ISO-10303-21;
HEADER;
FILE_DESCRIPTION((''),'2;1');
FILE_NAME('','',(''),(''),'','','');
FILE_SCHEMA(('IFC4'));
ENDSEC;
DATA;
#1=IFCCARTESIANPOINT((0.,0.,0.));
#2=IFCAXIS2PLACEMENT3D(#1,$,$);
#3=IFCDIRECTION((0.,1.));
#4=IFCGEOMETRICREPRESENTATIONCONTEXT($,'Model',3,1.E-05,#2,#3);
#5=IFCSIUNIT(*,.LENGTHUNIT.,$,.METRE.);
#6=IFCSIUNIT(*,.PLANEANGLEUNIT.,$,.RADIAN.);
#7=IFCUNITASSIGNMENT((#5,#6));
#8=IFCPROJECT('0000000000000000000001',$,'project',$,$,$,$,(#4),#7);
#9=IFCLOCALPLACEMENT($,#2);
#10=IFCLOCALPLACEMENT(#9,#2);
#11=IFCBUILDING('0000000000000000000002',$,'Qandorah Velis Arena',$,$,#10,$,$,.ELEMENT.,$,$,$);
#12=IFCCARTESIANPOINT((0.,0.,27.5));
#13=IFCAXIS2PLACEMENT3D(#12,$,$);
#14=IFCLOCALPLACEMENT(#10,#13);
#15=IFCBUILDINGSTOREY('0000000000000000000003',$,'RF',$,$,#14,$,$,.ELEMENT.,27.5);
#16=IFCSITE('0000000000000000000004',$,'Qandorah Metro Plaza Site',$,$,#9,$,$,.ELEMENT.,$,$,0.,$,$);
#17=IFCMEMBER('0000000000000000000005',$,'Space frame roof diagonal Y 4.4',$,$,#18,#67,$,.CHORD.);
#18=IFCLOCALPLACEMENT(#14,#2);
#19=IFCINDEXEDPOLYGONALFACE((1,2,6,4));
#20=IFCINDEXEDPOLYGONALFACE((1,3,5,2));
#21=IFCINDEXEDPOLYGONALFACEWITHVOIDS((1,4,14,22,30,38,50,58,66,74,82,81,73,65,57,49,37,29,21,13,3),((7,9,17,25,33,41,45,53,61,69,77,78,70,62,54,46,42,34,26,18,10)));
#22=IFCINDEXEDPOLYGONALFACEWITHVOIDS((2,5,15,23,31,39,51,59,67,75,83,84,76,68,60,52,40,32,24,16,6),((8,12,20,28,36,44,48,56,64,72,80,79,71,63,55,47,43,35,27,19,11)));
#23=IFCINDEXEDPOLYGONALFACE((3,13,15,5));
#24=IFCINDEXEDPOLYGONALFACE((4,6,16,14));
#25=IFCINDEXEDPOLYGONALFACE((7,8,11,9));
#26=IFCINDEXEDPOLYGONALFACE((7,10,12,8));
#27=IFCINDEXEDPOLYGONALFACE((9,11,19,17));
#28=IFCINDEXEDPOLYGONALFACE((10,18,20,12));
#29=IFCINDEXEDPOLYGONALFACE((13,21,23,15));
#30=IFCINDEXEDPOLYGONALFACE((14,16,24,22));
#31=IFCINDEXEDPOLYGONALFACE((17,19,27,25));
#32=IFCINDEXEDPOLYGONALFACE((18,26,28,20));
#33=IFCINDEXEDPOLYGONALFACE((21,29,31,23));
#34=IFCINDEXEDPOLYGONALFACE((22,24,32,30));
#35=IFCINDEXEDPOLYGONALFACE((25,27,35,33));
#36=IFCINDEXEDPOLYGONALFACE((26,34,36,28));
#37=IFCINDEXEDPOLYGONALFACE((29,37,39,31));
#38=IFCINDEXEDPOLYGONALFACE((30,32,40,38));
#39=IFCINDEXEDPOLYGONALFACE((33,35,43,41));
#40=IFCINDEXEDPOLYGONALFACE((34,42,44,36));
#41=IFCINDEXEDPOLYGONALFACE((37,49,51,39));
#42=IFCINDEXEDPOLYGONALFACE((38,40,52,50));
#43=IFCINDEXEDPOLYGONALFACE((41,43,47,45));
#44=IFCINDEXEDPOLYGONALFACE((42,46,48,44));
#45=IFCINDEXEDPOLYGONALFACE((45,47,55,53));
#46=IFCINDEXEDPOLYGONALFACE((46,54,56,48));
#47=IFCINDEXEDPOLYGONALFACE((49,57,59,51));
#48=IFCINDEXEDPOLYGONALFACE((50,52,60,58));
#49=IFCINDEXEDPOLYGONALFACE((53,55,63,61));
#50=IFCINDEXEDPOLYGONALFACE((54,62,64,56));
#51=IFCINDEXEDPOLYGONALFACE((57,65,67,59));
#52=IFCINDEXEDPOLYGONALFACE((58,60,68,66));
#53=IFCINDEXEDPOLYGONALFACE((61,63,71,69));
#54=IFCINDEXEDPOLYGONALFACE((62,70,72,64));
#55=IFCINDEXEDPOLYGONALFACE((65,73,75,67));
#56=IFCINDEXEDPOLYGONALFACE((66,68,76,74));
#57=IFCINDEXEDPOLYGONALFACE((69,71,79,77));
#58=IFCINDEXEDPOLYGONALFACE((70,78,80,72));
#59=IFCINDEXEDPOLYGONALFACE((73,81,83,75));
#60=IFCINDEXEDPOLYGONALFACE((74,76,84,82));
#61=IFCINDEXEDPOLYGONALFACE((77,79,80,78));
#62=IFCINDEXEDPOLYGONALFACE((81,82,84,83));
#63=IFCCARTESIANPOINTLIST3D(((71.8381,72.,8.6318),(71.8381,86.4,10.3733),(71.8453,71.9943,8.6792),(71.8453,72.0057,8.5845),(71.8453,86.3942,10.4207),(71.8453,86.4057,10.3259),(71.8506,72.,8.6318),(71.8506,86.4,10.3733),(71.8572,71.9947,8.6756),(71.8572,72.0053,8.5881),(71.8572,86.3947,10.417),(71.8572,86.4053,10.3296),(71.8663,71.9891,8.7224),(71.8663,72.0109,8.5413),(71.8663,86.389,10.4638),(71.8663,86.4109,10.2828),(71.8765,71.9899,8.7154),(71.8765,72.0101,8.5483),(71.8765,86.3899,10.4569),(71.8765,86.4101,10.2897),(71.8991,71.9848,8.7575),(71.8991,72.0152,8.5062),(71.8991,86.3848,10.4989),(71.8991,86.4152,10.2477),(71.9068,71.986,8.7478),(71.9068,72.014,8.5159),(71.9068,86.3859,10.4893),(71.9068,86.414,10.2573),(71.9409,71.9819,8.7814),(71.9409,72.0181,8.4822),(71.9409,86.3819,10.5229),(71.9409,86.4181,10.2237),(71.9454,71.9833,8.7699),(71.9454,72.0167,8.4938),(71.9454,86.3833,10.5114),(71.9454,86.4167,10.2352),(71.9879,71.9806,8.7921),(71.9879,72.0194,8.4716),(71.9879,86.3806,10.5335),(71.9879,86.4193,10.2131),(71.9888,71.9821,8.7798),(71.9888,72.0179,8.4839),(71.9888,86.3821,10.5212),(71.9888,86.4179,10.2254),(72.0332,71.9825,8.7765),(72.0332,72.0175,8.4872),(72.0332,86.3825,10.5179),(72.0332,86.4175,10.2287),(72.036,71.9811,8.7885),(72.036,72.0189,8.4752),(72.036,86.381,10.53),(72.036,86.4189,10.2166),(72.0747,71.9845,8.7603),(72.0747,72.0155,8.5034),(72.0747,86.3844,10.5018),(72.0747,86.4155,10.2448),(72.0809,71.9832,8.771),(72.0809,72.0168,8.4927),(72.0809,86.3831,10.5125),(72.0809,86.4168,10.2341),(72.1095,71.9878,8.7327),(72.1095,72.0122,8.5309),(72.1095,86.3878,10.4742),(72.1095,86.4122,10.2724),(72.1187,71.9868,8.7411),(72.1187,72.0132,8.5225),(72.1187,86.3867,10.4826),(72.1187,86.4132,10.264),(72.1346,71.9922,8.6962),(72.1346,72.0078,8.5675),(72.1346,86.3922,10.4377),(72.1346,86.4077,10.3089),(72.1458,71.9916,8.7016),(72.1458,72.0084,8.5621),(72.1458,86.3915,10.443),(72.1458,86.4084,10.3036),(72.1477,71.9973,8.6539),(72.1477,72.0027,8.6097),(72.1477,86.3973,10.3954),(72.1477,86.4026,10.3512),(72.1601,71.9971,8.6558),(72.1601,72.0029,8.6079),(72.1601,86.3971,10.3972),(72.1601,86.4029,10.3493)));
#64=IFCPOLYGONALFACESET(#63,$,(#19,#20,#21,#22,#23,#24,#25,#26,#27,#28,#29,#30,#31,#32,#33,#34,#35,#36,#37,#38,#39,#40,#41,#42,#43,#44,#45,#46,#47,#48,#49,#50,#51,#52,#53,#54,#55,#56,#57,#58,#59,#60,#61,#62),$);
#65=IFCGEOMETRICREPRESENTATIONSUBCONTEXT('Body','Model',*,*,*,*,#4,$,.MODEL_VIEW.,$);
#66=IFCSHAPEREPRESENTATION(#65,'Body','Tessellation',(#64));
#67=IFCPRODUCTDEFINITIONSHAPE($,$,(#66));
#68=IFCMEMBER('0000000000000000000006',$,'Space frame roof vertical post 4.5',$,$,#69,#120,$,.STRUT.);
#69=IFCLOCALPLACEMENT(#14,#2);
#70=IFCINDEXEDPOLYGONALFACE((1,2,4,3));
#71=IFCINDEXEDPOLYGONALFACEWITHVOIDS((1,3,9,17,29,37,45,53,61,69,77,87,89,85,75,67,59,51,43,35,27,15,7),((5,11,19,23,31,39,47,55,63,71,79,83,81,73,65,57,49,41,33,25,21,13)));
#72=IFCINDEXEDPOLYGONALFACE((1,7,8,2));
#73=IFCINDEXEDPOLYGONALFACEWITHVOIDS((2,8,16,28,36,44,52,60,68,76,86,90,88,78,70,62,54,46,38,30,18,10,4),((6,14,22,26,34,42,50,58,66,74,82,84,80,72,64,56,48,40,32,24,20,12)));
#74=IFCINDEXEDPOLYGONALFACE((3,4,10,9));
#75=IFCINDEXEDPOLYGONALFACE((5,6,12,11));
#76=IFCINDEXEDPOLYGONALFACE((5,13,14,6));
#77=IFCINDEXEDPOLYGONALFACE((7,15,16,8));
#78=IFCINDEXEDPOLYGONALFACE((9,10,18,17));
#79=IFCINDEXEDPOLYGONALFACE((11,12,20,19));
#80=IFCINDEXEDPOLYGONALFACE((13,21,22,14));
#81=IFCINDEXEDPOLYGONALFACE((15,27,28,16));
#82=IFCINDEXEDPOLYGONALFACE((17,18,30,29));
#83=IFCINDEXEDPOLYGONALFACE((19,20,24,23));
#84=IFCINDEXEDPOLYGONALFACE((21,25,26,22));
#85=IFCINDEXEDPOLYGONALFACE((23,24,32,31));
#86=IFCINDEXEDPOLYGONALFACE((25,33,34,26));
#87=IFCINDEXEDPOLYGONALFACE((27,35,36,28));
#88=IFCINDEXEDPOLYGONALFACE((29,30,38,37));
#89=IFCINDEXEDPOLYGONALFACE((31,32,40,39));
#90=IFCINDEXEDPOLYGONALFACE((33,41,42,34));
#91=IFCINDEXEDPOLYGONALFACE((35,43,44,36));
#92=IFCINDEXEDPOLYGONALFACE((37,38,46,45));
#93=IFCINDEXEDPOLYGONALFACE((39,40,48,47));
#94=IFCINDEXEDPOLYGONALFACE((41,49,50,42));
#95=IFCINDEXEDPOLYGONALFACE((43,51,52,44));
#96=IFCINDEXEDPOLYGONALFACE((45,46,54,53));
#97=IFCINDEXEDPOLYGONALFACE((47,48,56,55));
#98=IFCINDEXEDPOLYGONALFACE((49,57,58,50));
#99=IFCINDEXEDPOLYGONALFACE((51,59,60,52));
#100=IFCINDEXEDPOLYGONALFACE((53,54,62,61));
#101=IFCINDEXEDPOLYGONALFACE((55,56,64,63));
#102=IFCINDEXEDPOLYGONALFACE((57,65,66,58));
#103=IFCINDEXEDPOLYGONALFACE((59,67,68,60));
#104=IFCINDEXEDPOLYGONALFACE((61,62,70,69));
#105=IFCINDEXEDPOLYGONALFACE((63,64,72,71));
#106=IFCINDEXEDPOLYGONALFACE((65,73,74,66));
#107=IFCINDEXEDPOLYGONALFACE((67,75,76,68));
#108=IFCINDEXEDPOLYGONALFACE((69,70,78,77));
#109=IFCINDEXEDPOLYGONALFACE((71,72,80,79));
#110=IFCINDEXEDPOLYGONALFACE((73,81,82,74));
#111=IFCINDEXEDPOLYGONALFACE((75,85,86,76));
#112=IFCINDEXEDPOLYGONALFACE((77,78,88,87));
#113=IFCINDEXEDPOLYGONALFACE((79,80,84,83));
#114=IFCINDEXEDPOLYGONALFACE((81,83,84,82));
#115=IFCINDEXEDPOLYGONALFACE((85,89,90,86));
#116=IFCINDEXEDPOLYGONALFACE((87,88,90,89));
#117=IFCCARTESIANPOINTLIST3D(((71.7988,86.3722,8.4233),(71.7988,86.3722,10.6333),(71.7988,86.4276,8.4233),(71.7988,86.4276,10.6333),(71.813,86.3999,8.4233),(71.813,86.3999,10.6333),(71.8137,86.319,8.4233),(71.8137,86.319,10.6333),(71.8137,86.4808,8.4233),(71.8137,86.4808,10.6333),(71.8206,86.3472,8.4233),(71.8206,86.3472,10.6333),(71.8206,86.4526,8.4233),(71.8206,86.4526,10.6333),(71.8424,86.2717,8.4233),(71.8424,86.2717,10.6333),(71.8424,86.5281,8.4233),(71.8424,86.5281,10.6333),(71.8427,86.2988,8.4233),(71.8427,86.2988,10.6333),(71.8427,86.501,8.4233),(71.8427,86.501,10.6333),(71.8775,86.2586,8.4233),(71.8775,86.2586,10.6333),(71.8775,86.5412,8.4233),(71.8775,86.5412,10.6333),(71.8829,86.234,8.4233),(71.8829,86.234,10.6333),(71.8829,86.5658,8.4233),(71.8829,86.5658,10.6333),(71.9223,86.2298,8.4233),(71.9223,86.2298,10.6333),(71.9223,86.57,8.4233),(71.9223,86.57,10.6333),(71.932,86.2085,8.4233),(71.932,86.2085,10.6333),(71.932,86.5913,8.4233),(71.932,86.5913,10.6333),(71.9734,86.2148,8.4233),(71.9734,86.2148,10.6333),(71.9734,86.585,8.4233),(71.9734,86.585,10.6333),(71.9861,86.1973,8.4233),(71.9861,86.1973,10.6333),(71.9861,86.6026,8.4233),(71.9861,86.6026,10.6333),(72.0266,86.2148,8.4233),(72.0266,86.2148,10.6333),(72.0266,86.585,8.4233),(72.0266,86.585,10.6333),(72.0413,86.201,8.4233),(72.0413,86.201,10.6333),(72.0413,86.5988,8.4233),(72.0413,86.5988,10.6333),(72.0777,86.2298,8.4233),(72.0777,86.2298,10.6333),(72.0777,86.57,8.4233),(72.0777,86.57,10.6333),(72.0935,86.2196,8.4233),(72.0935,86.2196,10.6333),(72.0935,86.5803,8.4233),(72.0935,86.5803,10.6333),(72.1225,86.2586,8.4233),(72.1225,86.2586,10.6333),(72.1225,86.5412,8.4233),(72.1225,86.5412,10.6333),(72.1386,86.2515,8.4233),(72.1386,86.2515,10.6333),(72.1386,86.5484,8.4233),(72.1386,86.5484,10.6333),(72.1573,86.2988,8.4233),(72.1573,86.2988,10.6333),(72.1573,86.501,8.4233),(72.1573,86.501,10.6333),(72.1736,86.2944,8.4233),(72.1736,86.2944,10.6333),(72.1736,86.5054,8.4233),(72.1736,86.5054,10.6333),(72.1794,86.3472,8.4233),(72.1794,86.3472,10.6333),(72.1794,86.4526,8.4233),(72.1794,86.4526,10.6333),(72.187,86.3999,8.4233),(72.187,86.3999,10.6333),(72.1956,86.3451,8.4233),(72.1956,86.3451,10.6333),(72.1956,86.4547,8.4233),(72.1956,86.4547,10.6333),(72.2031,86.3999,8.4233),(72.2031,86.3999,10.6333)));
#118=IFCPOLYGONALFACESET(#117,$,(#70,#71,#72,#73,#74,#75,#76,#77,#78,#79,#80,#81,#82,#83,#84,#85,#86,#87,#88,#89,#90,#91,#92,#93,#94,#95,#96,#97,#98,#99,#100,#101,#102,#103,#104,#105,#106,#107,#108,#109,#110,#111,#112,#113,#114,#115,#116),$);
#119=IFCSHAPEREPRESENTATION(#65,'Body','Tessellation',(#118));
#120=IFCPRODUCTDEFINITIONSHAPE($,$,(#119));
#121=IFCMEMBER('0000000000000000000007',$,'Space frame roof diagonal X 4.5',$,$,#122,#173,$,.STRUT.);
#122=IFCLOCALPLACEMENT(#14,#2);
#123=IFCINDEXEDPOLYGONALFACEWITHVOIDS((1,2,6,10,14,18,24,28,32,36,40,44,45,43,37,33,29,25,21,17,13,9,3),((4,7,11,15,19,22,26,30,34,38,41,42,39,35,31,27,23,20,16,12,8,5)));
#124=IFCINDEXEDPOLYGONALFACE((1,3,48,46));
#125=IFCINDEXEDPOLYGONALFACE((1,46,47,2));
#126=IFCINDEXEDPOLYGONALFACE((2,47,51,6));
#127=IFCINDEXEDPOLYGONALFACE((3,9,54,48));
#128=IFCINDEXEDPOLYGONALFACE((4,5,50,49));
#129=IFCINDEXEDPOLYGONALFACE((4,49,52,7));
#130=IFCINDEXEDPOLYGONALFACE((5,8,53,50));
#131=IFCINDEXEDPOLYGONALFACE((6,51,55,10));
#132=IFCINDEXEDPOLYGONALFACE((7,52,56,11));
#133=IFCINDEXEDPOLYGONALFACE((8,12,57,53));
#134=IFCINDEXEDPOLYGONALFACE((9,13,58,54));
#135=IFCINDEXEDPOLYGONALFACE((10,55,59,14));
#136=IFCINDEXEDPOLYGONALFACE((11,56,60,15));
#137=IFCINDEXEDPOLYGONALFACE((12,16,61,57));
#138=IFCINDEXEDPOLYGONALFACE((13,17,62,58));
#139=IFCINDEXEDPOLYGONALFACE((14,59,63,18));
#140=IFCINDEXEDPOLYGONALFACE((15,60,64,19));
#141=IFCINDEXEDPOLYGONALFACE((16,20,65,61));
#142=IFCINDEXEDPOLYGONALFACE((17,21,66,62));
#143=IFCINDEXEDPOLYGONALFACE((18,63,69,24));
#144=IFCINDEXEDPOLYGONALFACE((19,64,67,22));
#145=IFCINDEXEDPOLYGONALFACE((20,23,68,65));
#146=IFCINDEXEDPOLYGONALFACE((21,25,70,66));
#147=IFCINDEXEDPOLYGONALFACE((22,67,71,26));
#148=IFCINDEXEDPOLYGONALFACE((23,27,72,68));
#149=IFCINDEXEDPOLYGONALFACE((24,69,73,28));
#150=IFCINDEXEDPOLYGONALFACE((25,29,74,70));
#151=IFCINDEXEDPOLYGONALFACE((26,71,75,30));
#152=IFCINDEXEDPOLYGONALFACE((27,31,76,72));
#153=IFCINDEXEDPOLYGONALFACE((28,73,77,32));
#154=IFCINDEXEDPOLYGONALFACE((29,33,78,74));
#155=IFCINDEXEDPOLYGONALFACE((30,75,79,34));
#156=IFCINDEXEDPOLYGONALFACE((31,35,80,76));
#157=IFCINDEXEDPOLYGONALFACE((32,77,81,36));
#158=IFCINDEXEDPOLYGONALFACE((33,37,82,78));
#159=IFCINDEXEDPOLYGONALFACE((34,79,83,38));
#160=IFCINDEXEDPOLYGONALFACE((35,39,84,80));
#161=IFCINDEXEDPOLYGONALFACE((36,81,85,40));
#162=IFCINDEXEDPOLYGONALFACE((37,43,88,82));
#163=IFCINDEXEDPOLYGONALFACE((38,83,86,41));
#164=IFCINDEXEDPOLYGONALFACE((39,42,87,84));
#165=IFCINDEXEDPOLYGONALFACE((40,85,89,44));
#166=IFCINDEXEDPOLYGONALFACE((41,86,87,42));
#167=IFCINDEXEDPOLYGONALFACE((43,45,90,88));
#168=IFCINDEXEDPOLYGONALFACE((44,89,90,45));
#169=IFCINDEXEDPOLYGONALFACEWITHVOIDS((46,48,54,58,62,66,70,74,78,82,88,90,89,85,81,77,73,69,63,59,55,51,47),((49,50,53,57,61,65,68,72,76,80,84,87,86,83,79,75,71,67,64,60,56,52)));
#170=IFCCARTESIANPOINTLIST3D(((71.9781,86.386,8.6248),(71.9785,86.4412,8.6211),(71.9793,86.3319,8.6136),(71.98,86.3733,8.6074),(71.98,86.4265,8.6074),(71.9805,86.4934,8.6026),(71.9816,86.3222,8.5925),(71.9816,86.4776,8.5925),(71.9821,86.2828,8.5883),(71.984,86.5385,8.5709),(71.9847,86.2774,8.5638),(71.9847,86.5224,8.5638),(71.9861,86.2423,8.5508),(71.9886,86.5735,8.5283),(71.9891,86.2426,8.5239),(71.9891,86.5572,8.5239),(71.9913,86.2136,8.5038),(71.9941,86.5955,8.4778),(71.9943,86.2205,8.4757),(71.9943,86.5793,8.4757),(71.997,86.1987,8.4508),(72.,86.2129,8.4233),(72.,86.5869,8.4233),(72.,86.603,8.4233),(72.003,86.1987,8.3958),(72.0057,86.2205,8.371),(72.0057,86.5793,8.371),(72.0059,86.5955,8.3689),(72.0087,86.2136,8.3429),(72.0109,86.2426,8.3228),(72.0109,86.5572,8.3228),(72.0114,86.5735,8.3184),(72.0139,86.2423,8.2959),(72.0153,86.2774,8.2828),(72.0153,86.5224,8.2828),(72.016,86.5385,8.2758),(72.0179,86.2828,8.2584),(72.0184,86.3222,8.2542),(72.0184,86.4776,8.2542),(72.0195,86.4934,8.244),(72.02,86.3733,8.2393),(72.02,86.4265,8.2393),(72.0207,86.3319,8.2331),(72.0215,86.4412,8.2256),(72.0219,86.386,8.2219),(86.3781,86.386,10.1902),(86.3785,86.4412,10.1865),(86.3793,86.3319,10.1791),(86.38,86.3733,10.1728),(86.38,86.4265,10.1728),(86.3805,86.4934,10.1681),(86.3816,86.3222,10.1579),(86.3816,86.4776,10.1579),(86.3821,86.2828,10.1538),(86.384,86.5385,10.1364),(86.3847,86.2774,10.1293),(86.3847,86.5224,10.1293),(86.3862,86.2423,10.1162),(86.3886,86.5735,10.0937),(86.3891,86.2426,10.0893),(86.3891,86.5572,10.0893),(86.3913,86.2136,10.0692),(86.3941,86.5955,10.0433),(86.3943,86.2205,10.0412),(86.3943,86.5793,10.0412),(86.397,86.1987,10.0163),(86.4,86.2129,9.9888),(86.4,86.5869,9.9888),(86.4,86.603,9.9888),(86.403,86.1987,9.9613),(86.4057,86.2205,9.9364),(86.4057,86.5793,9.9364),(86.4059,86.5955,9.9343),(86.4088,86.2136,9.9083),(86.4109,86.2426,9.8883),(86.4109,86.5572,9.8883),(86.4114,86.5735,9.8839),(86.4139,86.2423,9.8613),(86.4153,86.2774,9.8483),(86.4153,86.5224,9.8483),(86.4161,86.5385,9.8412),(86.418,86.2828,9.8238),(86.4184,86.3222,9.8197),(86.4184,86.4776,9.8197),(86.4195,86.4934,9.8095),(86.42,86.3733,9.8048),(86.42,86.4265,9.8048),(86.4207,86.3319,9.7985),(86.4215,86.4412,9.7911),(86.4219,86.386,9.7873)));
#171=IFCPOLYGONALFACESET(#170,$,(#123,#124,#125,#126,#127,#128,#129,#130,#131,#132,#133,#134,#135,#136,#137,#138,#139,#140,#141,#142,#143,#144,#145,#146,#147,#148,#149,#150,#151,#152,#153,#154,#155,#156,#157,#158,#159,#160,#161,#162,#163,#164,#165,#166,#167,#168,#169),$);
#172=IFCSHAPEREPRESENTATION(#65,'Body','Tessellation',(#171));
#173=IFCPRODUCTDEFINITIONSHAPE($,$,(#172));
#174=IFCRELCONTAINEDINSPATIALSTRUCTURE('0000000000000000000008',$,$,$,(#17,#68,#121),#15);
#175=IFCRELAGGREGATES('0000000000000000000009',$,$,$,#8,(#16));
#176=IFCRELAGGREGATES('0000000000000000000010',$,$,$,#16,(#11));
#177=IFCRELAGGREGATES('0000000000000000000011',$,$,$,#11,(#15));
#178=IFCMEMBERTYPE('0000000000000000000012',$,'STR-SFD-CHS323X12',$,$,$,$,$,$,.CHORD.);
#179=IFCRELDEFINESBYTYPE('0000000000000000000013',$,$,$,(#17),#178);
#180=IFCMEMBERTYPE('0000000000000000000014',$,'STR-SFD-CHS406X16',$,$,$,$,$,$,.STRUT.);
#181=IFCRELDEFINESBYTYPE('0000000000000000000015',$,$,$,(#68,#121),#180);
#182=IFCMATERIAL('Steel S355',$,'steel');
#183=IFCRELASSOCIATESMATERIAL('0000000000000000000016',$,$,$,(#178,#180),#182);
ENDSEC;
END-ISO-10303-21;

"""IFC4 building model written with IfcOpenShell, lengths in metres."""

from ifc_helpers import new_model, si_unit, direction, frame, origin, origin_2d, place, context, subcontext, project, spatial, hollow_circle, extrude, material, material_profile, profile_set, type_object, element, save


model = new_model("IFC4")

# Units and contexts
model_context = context("Model", 3, precision=1e-05, world=origin(), true_north=direction((0.0, 1.0)))
body_context = subcontext(model_context, "Body", "Model", "MODEL_VIEW")
ifc_project = project(units=[si_unit("LENGTHUNIT", "METRE"), si_unit("PLANEANGLEUNIT", "RADIAN")], contexts=[model_context])

# Site, building, storey
site_placement = place(None, origin())
site = spatial("IfcSite", under=ifc_project, at=site_placement, Name="Qandorah Metro Plaza Site", CompositionType="ELEMENT", RefElevation=0.0)
building_placement = place(site_placement, origin())
building = spatial("IfcBuilding", under=site, at=building_placement, Name="Qandorah Velis Arena", CompositionType="ELEMENT")
storey_placement = place(building_placement, frame((0.0, 0.0, 27.5)))
storey = spatial("IfcBuildingStorey", under=building, at=storey_placement, Name="RF", CompositionType="ELEMENT", Elevation=27.5)

# Shared definitions
ifc_material_1 = material(Name="Steel S355", Category="steel")

# Members
ifc_material_profile_1 = material_profile(ifc_material_1, hollow_circle(Radius=0.1619, WallThickness=0.0125, at=origin_2d()), Name="CHS 323.9x12.5")
ifc_profile_set_1 = profile_set([ifc_material_profile_1], Name="Steel S355")
member_type_1 = type_object("IfcMemberType", Name="STR-SFD-CHS323X12", PredefinedType="CHORD", material=ifc_profile_set_1)
member_1_placement = place(storey_placement, frame((72.0, 72.0, 8.6318), z_axis=(0.0, 0.992767, 0.12006), x_axis=(-1.0, 0.0, 0.0)))
element("IfcMember", 1, at=member_1_placement, inside=storey, type_object=member_type_1, Name="Space frame roof diagonal Y 4.4", PredefinedType="CHORD", context=body_context, shape_type="SweptSolid", body=[
    extrude(hollow_circle(Radius=0.1619, WallThickness=0.0125, at=origin_2d()), origin(), (0.0, 0.0, 1.0), 14.5049),
])
ifc_material_profile_2 = material_profile(ifc_material_1, hollow_circle(Radius=0.2031, WallThickness=0.0161, at=origin_2d()), Name="CHS 406.4x16")
ifc_profile_set_2 = profile_set([ifc_material_profile_2], Name="Steel S355")
member_type_2 = type_object("IfcMemberType", Name="STR-SFD-CHS406X16", PredefinedType="STRUT", material=ifc_profile_set_2)
member_2_placement = place(storey_placement, frame((72.0, 86.3999, 8.4233), z_axis=(0.0, 0.0, 1.0), x_axis=(1.0, 0.0, 0.0)))
element("IfcMember", 2, at=member_2_placement, inside=storey, type_object=member_type_2, Name="Space frame roof vertical post 4.5", PredefinedType="STRUT", context=body_context, shape_type="SweptSolid", body=[
    extrude(hollow_circle(Radius=0.2031, WallThickness=0.0161, at=origin_2d()), origin(), (0.0, 0.0, 1.0), 2.21),
])
member_3_placement = place(storey_placement, frame((72.0, 86.3999, 8.4233), z_axis=(0.994143, 0.0, 0.108074), x_axis=(0.0, 1.0, 0.0)))
element("IfcMember", 3, at=member_3_placement, inside=storey, type_object=member_type_2, Name="Space frame roof diagonal X 4.5", PredefinedType="STRUT", context=body_context, shape_type="SweptSolid", body=[
    extrude(hollow_circle(Radius=0.2031, WallThickness=0.0161, at=origin_2d()), origin(), (0.0, 0.0, 1.0), 14.4849),
])

save(model, "model.ifc")
